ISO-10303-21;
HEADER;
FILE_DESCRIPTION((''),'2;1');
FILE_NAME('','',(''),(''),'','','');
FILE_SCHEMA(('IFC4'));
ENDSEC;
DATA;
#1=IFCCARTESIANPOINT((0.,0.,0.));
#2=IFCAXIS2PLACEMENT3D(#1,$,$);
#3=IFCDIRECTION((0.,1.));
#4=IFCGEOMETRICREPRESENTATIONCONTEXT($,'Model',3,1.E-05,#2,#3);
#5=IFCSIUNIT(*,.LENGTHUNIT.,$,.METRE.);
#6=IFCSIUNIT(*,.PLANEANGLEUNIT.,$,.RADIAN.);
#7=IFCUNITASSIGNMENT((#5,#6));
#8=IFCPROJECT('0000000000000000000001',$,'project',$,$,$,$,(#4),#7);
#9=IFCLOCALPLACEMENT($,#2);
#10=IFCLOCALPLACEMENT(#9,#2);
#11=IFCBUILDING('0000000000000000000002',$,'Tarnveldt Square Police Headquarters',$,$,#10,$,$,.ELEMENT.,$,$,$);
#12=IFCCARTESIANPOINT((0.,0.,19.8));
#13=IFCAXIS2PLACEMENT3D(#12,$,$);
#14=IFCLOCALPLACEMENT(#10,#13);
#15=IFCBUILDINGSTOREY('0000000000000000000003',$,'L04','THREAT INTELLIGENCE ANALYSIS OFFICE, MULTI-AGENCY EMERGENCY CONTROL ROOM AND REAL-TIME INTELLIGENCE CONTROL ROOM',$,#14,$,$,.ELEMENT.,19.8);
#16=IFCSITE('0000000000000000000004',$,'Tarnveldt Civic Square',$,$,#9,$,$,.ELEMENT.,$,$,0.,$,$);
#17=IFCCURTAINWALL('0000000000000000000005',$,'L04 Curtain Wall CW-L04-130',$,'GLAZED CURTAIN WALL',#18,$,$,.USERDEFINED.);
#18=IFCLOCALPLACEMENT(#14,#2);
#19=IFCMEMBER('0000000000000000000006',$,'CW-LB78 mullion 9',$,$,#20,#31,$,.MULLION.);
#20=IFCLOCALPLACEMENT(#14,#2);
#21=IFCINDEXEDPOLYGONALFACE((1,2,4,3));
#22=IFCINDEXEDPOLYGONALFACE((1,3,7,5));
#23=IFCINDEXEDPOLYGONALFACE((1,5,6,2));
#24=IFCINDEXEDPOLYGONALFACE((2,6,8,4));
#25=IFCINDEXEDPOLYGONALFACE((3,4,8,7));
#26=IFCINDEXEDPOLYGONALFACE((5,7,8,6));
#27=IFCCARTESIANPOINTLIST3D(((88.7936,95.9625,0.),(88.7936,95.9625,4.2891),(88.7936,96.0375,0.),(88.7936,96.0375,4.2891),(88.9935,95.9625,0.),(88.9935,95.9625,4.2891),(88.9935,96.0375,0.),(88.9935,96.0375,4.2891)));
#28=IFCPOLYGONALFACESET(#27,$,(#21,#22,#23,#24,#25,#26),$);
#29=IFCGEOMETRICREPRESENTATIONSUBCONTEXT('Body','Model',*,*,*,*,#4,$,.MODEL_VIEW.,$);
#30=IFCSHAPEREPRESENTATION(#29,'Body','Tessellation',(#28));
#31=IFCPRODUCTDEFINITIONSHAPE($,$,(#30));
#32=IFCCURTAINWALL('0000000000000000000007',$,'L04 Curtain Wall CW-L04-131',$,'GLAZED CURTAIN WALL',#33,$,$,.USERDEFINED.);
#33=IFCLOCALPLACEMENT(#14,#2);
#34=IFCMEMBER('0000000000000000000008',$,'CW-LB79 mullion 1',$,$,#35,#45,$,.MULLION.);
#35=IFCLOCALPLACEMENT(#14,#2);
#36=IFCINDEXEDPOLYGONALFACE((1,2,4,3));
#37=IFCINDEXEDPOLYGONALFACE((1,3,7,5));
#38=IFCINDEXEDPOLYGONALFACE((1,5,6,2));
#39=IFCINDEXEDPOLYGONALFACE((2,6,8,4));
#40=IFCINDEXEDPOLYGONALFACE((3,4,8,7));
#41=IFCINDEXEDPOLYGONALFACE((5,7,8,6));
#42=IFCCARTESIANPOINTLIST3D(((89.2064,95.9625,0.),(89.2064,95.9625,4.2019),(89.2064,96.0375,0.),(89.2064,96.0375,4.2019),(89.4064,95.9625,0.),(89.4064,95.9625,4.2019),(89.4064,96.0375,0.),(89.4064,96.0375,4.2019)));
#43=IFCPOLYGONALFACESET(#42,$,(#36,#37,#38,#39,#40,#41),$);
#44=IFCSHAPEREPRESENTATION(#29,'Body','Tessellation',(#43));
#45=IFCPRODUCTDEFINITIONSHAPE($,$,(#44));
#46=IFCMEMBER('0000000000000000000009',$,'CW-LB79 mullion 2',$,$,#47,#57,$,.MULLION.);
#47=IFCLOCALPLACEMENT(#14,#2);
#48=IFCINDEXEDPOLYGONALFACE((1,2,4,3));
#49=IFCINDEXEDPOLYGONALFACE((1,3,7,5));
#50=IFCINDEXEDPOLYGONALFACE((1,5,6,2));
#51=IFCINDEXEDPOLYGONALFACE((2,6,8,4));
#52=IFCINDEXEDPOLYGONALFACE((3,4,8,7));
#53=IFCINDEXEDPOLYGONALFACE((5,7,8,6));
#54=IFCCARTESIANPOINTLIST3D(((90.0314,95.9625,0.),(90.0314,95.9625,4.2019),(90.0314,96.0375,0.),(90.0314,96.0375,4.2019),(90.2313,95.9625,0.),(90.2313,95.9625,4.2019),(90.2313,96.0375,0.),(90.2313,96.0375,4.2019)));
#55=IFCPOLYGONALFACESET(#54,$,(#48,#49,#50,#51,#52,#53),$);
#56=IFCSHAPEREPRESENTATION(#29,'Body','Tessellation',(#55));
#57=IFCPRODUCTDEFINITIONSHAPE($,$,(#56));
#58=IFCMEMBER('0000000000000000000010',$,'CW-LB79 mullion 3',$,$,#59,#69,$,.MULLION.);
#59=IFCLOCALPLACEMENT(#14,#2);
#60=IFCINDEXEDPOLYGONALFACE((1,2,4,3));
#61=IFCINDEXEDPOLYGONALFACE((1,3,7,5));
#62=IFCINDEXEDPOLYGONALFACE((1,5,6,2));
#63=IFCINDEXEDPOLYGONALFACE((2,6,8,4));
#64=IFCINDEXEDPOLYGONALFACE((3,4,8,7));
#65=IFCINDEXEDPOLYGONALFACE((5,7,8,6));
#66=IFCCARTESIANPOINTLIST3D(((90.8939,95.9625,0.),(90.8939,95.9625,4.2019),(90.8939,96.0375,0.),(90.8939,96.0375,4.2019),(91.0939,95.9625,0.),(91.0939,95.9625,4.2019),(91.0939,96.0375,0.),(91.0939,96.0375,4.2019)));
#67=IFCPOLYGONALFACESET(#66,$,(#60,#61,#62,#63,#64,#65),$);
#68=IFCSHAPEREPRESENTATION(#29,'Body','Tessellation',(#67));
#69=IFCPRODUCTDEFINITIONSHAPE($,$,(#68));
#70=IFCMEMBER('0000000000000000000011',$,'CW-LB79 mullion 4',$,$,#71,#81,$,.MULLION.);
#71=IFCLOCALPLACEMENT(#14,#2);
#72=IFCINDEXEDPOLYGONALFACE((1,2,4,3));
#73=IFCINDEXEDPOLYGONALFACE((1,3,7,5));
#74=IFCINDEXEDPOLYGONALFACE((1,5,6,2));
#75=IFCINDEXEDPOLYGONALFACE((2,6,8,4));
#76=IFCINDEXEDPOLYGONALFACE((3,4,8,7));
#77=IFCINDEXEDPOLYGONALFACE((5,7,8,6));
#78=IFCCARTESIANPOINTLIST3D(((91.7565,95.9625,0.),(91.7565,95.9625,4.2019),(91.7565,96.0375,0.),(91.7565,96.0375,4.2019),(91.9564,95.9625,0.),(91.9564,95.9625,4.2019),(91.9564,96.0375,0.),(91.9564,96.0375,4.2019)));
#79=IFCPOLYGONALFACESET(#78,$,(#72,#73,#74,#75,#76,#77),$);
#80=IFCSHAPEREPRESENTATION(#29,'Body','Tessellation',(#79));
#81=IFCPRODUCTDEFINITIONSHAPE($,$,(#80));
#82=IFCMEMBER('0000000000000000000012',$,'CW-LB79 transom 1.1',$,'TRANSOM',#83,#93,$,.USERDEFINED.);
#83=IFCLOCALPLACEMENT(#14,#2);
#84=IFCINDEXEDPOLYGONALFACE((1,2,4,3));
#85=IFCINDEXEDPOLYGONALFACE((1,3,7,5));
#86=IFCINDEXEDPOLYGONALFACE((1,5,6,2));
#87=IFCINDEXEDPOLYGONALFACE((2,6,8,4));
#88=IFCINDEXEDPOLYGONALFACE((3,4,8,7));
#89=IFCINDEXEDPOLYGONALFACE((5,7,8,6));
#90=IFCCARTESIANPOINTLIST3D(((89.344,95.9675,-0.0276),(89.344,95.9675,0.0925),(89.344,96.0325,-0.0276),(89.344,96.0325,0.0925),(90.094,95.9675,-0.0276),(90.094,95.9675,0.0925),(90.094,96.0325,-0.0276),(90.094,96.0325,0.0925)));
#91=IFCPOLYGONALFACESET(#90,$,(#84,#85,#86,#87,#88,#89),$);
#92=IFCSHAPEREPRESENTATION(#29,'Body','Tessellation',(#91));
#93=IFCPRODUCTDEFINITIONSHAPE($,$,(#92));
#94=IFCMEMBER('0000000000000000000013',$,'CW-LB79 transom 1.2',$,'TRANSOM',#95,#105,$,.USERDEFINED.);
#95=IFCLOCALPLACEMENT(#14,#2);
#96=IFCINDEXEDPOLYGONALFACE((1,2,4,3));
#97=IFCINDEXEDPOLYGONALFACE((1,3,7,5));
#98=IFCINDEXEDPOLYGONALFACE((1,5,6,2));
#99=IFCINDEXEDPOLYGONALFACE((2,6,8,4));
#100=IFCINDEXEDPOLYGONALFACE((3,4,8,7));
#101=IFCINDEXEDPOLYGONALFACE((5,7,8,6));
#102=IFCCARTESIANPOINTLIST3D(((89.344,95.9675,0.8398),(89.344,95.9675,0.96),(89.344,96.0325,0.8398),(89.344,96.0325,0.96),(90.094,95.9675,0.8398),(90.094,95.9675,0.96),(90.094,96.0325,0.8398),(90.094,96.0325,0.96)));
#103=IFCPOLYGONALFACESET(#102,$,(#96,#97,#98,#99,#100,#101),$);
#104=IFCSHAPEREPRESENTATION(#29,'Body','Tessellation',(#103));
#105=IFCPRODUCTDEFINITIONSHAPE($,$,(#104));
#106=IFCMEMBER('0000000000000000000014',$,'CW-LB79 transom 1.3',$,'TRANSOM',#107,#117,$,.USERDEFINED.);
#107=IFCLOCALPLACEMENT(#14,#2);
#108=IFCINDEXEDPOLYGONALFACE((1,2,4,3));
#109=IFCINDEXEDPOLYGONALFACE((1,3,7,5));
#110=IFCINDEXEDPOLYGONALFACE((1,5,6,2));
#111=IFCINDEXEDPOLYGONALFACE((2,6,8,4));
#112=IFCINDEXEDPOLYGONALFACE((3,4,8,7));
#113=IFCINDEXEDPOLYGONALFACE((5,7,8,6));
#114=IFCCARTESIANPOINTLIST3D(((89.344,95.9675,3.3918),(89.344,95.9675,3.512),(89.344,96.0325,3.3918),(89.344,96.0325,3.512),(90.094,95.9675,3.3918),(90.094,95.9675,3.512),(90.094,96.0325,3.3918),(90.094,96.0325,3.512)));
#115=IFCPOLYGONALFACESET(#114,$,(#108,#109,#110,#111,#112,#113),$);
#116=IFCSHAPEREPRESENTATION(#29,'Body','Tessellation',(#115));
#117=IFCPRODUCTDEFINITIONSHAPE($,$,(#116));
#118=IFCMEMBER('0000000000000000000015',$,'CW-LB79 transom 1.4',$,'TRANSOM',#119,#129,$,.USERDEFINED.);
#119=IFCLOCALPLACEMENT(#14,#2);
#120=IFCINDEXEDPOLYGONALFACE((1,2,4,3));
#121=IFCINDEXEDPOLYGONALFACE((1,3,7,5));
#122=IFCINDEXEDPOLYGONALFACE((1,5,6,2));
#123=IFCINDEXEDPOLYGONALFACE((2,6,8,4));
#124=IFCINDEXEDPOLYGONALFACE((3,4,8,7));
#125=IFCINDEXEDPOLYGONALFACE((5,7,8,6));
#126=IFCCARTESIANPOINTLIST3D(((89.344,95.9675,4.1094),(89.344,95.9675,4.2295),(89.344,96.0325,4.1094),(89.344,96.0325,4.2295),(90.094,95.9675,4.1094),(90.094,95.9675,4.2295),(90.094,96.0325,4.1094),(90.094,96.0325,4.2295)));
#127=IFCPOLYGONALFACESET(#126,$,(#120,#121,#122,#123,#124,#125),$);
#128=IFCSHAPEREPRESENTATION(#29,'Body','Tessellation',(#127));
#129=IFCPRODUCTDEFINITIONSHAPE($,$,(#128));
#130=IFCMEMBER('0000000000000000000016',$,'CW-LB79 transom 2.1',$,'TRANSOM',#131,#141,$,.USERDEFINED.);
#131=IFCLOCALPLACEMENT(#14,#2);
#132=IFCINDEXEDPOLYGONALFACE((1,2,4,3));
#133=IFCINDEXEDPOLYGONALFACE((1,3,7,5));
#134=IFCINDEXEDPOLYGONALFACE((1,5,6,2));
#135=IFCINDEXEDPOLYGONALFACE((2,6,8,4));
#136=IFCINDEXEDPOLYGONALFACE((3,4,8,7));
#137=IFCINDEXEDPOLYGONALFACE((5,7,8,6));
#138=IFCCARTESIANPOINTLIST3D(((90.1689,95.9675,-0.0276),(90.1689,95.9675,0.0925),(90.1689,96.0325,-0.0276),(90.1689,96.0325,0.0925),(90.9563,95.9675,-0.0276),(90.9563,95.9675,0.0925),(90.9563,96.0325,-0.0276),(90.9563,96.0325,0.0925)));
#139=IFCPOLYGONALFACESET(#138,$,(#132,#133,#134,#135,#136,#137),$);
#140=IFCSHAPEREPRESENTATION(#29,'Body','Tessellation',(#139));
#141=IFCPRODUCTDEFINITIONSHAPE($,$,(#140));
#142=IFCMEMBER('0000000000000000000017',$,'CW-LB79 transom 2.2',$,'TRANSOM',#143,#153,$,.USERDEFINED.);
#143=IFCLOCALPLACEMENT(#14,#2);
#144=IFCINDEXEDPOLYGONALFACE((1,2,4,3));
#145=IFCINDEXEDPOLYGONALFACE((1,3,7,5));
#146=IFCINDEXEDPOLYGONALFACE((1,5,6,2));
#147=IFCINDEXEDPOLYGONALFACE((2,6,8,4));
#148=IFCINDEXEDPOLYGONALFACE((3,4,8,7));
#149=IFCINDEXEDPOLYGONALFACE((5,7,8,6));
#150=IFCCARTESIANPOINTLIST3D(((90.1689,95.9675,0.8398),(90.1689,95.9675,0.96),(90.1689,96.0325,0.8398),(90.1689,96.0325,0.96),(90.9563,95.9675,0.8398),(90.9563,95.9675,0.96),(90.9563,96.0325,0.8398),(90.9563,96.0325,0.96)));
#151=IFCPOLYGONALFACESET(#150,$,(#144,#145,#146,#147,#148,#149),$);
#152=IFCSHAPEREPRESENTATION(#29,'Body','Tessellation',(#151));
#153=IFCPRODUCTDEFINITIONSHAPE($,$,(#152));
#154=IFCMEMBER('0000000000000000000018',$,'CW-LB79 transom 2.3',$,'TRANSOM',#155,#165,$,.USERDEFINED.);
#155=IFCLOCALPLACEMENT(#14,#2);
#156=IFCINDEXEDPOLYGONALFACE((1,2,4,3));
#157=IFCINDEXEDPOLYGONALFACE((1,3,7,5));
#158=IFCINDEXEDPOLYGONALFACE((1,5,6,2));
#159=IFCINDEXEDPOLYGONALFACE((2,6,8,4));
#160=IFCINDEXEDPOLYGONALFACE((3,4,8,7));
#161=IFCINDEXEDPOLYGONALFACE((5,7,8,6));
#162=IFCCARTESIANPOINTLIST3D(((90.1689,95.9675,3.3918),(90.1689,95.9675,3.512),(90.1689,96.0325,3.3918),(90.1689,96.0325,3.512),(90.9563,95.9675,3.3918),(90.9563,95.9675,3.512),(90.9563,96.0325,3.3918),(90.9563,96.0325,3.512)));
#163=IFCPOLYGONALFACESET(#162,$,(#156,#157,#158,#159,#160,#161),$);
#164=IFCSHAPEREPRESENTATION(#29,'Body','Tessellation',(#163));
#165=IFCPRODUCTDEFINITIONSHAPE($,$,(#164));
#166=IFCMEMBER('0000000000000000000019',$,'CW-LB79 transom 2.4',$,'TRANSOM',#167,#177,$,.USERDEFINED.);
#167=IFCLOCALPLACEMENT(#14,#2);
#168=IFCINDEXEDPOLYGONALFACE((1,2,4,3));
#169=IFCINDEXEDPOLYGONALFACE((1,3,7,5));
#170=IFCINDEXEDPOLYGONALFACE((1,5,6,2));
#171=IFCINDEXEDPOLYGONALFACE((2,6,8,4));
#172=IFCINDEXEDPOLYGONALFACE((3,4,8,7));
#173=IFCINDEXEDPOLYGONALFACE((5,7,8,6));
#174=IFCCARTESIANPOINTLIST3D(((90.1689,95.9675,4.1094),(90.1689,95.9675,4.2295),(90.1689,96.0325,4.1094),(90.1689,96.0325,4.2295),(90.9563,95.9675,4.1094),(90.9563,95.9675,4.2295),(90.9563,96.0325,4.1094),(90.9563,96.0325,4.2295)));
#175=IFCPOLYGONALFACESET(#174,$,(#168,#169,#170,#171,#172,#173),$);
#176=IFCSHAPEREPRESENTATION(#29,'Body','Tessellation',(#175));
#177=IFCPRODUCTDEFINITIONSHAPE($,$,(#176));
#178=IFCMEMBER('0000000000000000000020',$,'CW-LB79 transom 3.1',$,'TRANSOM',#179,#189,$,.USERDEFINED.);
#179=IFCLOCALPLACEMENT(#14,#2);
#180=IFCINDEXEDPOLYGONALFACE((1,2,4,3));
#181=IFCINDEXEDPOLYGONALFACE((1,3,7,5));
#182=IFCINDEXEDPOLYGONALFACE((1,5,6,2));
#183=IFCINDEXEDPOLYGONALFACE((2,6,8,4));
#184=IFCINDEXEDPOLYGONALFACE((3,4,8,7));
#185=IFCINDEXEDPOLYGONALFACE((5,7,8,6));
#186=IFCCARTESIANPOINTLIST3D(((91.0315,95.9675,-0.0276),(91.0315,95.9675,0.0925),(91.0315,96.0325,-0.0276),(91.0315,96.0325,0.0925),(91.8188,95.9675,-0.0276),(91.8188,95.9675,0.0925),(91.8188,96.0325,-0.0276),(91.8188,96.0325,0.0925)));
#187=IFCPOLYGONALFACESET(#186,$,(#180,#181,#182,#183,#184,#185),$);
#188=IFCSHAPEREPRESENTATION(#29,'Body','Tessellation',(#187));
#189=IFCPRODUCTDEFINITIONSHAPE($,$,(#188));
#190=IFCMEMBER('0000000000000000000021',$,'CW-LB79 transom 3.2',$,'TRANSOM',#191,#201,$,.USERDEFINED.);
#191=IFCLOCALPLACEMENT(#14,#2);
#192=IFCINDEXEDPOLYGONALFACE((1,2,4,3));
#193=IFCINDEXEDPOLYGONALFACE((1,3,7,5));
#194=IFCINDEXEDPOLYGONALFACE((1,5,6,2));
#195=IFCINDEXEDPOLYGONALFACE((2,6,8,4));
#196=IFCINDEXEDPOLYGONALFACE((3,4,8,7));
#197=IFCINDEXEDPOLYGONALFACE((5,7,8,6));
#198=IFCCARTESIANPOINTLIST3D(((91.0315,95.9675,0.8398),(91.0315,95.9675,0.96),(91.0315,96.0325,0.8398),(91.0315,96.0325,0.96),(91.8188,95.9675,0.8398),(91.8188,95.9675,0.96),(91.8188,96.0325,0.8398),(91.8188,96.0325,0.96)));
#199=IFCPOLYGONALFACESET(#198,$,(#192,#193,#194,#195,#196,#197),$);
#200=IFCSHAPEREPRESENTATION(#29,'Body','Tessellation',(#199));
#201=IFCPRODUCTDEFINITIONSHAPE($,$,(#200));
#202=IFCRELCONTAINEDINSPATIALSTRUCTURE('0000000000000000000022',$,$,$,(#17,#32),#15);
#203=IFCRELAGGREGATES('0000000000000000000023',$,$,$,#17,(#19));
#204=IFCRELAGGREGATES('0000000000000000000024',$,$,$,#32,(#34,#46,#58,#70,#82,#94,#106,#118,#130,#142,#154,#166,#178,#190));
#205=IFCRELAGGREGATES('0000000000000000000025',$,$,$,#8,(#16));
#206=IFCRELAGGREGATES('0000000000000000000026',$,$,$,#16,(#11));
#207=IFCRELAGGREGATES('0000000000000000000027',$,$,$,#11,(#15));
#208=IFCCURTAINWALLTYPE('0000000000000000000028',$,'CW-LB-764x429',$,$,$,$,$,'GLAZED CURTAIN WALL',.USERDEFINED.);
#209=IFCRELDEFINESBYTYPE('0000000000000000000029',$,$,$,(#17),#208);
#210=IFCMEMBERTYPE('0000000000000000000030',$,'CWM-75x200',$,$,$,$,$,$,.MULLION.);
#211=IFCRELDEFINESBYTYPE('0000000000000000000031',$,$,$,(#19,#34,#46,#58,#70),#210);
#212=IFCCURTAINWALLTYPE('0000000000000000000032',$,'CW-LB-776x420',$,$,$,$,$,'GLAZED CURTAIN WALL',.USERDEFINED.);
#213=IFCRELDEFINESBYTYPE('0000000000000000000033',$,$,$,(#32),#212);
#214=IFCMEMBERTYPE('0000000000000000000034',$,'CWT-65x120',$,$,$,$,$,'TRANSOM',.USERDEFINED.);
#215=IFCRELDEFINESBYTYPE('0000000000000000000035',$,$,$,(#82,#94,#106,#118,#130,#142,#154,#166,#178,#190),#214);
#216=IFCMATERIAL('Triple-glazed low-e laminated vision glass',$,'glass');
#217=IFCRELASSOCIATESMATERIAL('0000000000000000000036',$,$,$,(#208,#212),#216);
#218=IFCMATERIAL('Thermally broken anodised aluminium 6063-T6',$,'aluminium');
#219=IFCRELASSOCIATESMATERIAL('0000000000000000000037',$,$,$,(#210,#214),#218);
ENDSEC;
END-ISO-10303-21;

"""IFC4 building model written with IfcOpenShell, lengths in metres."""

from ifc_helpers import new_model, si_unit, direction, frame, origin, origin_2d, place, context, subcontext, project, spatial, rectangle, extrude, material, material_profile, profile_set, type_object, element, aggregate, save


model = new_model("IFC4")

# Units and contexts
model_context = context("Model", 3, precision=1e-05, world=origin(), true_north=direction((0.0, 1.0)))
body_context = subcontext(model_context, "Body", "Model", "MODEL_VIEW")
ifc_project = project(units=[si_unit("LENGTHUNIT", "METRE"), si_unit("PLANEANGLEUNIT", "RADIAN")], contexts=[model_context])

# Site, building, storey
site_placement = place(None, origin())
site = spatial("IfcSite", under=ifc_project, at=site_placement, Name="Tarnveldt Civic Square", CompositionType="ELEMENT", RefElevation=0.0)
building_placement = place(site_placement, origin())
building = spatial("IfcBuilding", under=site, at=building_placement, Name="Tarnveldt Square Police Headquarters", CompositionType="ELEMENT")
storey_placement = place(building_placement, frame((0.0, 0.0, 19.8)))
storey = spatial("IfcBuildingStorey", under=building, at=storey_placement, Name="L04", Description="THREAT INTELLIGENCE ANALYSIS OFFICE, MULTI-AGENCY EMERGENCY CONTROL ROOM AND REAL-TIME INTELLIGENCE CONTROL ROOM", CompositionType="ELEMENT", Elevation=19.8)

# Curtain wall, member
ifc_material_1 = material(Name="Triple-glazed low-e laminated vision glass", Category="glass")
curtain_wall_type_1 = type_object("IfcCurtainWallType", Name="CW-LB-764x429", ElementType="GLAZED CURTAIN WALL", PredefinedType="USERDEFINED", material=ifc_material_1)
curtain_wall_1_placement = place(storey_placement, origin())
curtain_wall_1 = element("IfcCurtainWall", 1, at=curtain_wall_1_placement, inside=storey, type_object=curtain_wall_type_1, Name="L04 Curtain Wall CW-L04-130", ObjectType="GLAZED CURTAIN WALL", PredefinedType="USERDEFINED")
ifc_material_2 = material(Name="Thermally broken anodised aluminium 6063-T6", Category="aluminium")
ifc_material_profile_1 = material_profile(ifc_material_2, rectangle(XDim=0.075, YDim=0.2, at=origin_2d()), Name="CW-M75x200")
ifc_profile_set_1 = profile_set([ifc_material_profile_1], Name="Thermally broken anodised aluminium 6063-T6")
member_type_1 = type_object("IfcMemberType", Name="CWM-75x200", PredefinedType="MULLION", material=ifc_profile_set_1)
member_1_placement = place(storey_placement, frame((88.8936, 96.0, 0.0), z_axis=(0.0, 0.0, 1.0), x_axis=(0.0, 1.0, 0.0)))
member_1 = element("IfcMember", 2, at=member_1_placement, type_object=member_type_1, Name="CW-LB78 mullion 9", PredefinedType="MULLION", context=body_context, shape_type="SweptSolid", body=[
    extrude(rectangle(XDim=0.075, YDim=0.2, at=origin_2d()), origin(), (0.0, 0.0, 1.0), 4.2891),
])

# Curtain wall, members
curtain_wall_type_2 = type_object("IfcCurtainWallType", Name="CW-LB-776x420", ElementType="GLAZED CURTAIN WALL", PredefinedType="USERDEFINED", material=ifc_material_1)
curtain_wall_2_placement = place(storey_placement, origin())
curtain_wall_2 = element("IfcCurtainWall", 3, at=curtain_wall_2_placement, inside=storey, type_object=curtain_wall_type_2, Name="L04 Curtain Wall CW-L04-131", ObjectType="GLAZED CURTAIN WALL", PredefinedType="USERDEFINED")
member_2_placement = place(storey_placement, frame((89.3064, 96.0, 0.0), z_axis=(0.0, 0.0, 1.0), x_axis=(0.0, 1.0, 0.0)))
member_2 = element("IfcMember", 4, at=member_2_placement, type_object=member_type_1, Name="CW-LB79 mullion 1", PredefinedType="MULLION", context=body_context, shape_type="SweptSolid", body=[
    extrude(rectangle(XDim=0.075, YDim=0.2, at=origin_2d()), origin(), (0.0, 0.0, 1.0), 4.2019),
])
member_3_placement = place(storey_placement, frame((90.1313, 96.0, 0.0), z_axis=(0.0, 0.0, 1.0), x_axis=(0.0, 1.0, 0.0)))
member_3 = element("IfcMember", 5, at=member_3_placement, type_object=member_type_1, Name="CW-LB79 mullion 2", PredefinedType="MULLION", context=body_context, shape_type="SweptSolid", body=[
    extrude(rectangle(XDim=0.075, YDim=0.2, at=origin_2d()), origin(), (0.0, 0.0, 1.0), 4.2019),
])
member_4_placement = place(storey_placement, frame((90.9939, 96.0, 0.0), z_axis=(0.0, 0.0, 1.0), x_axis=(0.0, 1.0, 0.0)))
member_4 = element("IfcMember", 6, at=member_4_placement, type_object=member_type_1, Name="CW-LB79 mullion 3", PredefinedType="MULLION", context=body_context, shape_type="SweptSolid", body=[
    extrude(rectangle(XDim=0.075, YDim=0.2, at=origin_2d()), origin(), (0.0, 0.0, 1.0), 4.2019),
])
member_5_placement = place(storey_placement, frame((91.8564, 96.0, 0.0), z_axis=(0.0, 0.0, 1.0), x_axis=(0.0, 1.0, 0.0)))
member_5 = element("IfcMember", 7, at=member_5_placement, type_object=member_type_1, Name="CW-LB79 mullion 4", PredefinedType="MULLION", context=body_context, shape_type="SweptSolid", body=[
    extrude(rectangle(XDim=0.075, YDim=0.2, at=origin_2d()), origin(), (0.0, 0.0, 1.0), 4.2019),
])
ifc_material_profile_2 = material_profile(ifc_material_2, rectangle(XDim=0.0649, YDim=0.1201, at=origin_2d()), Name="CW-T65x120")
ifc_profile_set_2 = profile_set([ifc_material_profile_2], Name="Thermally broken anodised aluminium 6063-T6")
member_type_2 = type_object("IfcMemberType", Name="CWT-65x120", ElementType="TRANSOM", PredefinedType="USERDEFINED", material=ifc_profile_set_2)
member_6_placement = place(storey_placement, frame((89.344, 96.0, 0.0325), z_axis=(1.0, 0.0, 0.0), x_axis=(0.0, 1.0, 0.0)))
member_6 = element("IfcMember", 8, at=member_6_placement, type_object=member_type_2, Name="CW-LB79 transom 1.1", ObjectType="TRANSOM", PredefinedType="USERDEFINED", context=body_context, shape_type="SweptSolid", body=[
    extrude(rectangle(XDim=0.0649, YDim=0.1201, at=origin_2d()), origin(), (0.0, 0.0, 1.0), 0.75),
])
member_7_placement = place(storey_placement, frame((89.344, 96.0, 0.8999), z_axis=(1.0, 0.0, 0.0), x_axis=(0.0, 1.0, 0.0)))
member_7 = element("IfcMember", 9, at=member_7_placement, type_object=member_type_2, Name="CW-LB79 transom 1.2", ObjectType="TRANSOM", PredefinedType="USERDEFINED", context=body_context, shape_type="SweptSolid", body=[
    extrude(rectangle(XDim=0.0649, YDim=0.1201, at=origin_2d()), origin(), (0.0, 0.0, 1.0), 0.75),
])
member_8_placement = place(storey_placement, frame((89.344, 96.0, 3.4519), z_axis=(1.0, 0.0, 0.0), x_axis=(0.0, 1.0, 0.0)))
member_8 = element("IfcMember", 10, at=member_8_placement, type_object=member_type_2, Name="CW-LB79 transom 1.3", ObjectType="TRANSOM", PredefinedType="USERDEFINED", context=body_context, shape_type="SweptSolid", body=[
    extrude(rectangle(XDim=0.0649, YDim=0.1201, at=origin_2d()), origin(), (0.0, 0.0, 1.0), 0.75),
])
member_9_placement = place(storey_placement, frame((89.344, 96.0, 4.1694), z_axis=(1.0, 0.0, 0.0), x_axis=(0.0, 1.0, 0.0)))
member_9 = element("IfcMember", 11, at=member_9_placement, type_object=member_type_2, Name="CW-LB79 transom 1.4", ObjectType="TRANSOM", PredefinedType="USERDEFINED", context=body_context, shape_type="SweptSolid", body=[
    extrude(rectangle(XDim=0.0649, YDim=0.1201, at=origin_2d()), origin(), (0.0, 0.0, 1.0), 0.75),
])
member_10_placement = place(storey_placement, frame((90.1689, 96.0, 0.0325), z_axis=(1.0, 0.0, 0.0), x_axis=(0.0, 1.0, 0.0)))
member_10 = element("IfcMember", 12, at=member_10_placement, type_object=member_type_2, Name="CW-LB79 transom 2.1", ObjectType="TRANSOM", PredefinedType="USERDEFINED", context=body_context, shape_type="SweptSolid", body=[
    extrude(rectangle(XDim=0.0649, YDim=0.1201, at=origin_2d()), origin(), (0.0, 0.0, 1.0), 0.7874),
])
member_11_placement = place(storey_placement, frame((90.1689, 96.0, 0.8999), z_axis=(1.0, 0.0, 0.0), x_axis=(0.0, 1.0, 0.0)))
member_11 = element("IfcMember", 13, at=member_11_placement, type_object=member_type_2, Name="CW-LB79 transom 2.2", ObjectType="TRANSOM", PredefinedType="USERDEFINED", context=body_context, shape_type="SweptSolid", body=[
    extrude(rectangle(XDim=0.0649, YDim=0.1201, at=origin_2d()), origin(), (0.0, 0.0, 1.0), 0.7874),
])
member_12_placement = place(storey_placement, frame((90.1689, 96.0, 3.4519), z_axis=(1.0, 0.0, 0.0), x_axis=(0.0, 1.0, 0.0)))
member_12 = element("IfcMember", 14, at=member_12_placement, type_object=member_type_2, Name="CW-LB79 transom 2.3", ObjectType="TRANSOM", PredefinedType="USERDEFINED", context=body_context, shape_type="SweptSolid", body=[
    extrude(rectangle(XDim=0.0649, YDim=0.1201, at=origin_2d()), origin(), (0.0, 0.0, 1.0), 0.7874),
])
member_13_placement = place(storey_placement, frame((90.1689, 96.0, 4.1694), z_axis=(1.0, 0.0, 0.0), x_axis=(0.0, 1.0, 0.0)))
member_13 = element("IfcMember", 15, at=member_13_placement, type_object=member_type_2, Name="CW-LB79 transom 2.4", ObjectType="TRANSOM", PredefinedType="USERDEFINED", context=body_context, shape_type="SweptSolid", body=[
    extrude(rectangle(XDim=0.0649, YDim=0.1201, at=origin_2d()), origin(), (0.0, 0.0, 1.0), 0.7874),
])
member_14_placement = place(storey_placement, frame((91.0315, 96.0, 0.0325), z_axis=(1.0, 0.0, 0.0), x_axis=(0.0, 1.0, 0.0)))
member_14 = element("IfcMember", 16, at=member_14_placement, type_object=member_type_2, Name="CW-LB79 transom 3.1", ObjectType="TRANSOM", PredefinedType="USERDEFINED", context=body_context, shape_type="SweptSolid", body=[
    extrude(rectangle(XDim=0.0649, YDim=0.1201, at=origin_2d()), origin(), (0.0, 0.0, 1.0), 0.7874),
])
member_15_placement = place(storey_placement, frame((91.0315, 96.0, 0.8999), z_axis=(1.0, 0.0, 0.0), x_axis=(0.0, 1.0, 0.0)))
member_15 = element("IfcMember", 17, at=member_15_placement, type_object=member_type_2, Name="CW-LB79 transom 3.2", ObjectType="TRANSOM", PredefinedType="USERDEFINED", context=body_context, shape_type="SweptSolid", body=[
    extrude(rectangle(XDim=0.0649, YDim=0.1201, at=origin_2d()), origin(), (0.0, 0.0, 1.0), 0.7874),
])

aggregate(curtain_wall_1, [member_1])
aggregate(curtain_wall_2, [member_2, member_3, member_4, member_5, member_6, member_7, member_8, member_9, member_10, member_11, member_12, member_13, member_14, member_15])

save(model, "model.ifc")
